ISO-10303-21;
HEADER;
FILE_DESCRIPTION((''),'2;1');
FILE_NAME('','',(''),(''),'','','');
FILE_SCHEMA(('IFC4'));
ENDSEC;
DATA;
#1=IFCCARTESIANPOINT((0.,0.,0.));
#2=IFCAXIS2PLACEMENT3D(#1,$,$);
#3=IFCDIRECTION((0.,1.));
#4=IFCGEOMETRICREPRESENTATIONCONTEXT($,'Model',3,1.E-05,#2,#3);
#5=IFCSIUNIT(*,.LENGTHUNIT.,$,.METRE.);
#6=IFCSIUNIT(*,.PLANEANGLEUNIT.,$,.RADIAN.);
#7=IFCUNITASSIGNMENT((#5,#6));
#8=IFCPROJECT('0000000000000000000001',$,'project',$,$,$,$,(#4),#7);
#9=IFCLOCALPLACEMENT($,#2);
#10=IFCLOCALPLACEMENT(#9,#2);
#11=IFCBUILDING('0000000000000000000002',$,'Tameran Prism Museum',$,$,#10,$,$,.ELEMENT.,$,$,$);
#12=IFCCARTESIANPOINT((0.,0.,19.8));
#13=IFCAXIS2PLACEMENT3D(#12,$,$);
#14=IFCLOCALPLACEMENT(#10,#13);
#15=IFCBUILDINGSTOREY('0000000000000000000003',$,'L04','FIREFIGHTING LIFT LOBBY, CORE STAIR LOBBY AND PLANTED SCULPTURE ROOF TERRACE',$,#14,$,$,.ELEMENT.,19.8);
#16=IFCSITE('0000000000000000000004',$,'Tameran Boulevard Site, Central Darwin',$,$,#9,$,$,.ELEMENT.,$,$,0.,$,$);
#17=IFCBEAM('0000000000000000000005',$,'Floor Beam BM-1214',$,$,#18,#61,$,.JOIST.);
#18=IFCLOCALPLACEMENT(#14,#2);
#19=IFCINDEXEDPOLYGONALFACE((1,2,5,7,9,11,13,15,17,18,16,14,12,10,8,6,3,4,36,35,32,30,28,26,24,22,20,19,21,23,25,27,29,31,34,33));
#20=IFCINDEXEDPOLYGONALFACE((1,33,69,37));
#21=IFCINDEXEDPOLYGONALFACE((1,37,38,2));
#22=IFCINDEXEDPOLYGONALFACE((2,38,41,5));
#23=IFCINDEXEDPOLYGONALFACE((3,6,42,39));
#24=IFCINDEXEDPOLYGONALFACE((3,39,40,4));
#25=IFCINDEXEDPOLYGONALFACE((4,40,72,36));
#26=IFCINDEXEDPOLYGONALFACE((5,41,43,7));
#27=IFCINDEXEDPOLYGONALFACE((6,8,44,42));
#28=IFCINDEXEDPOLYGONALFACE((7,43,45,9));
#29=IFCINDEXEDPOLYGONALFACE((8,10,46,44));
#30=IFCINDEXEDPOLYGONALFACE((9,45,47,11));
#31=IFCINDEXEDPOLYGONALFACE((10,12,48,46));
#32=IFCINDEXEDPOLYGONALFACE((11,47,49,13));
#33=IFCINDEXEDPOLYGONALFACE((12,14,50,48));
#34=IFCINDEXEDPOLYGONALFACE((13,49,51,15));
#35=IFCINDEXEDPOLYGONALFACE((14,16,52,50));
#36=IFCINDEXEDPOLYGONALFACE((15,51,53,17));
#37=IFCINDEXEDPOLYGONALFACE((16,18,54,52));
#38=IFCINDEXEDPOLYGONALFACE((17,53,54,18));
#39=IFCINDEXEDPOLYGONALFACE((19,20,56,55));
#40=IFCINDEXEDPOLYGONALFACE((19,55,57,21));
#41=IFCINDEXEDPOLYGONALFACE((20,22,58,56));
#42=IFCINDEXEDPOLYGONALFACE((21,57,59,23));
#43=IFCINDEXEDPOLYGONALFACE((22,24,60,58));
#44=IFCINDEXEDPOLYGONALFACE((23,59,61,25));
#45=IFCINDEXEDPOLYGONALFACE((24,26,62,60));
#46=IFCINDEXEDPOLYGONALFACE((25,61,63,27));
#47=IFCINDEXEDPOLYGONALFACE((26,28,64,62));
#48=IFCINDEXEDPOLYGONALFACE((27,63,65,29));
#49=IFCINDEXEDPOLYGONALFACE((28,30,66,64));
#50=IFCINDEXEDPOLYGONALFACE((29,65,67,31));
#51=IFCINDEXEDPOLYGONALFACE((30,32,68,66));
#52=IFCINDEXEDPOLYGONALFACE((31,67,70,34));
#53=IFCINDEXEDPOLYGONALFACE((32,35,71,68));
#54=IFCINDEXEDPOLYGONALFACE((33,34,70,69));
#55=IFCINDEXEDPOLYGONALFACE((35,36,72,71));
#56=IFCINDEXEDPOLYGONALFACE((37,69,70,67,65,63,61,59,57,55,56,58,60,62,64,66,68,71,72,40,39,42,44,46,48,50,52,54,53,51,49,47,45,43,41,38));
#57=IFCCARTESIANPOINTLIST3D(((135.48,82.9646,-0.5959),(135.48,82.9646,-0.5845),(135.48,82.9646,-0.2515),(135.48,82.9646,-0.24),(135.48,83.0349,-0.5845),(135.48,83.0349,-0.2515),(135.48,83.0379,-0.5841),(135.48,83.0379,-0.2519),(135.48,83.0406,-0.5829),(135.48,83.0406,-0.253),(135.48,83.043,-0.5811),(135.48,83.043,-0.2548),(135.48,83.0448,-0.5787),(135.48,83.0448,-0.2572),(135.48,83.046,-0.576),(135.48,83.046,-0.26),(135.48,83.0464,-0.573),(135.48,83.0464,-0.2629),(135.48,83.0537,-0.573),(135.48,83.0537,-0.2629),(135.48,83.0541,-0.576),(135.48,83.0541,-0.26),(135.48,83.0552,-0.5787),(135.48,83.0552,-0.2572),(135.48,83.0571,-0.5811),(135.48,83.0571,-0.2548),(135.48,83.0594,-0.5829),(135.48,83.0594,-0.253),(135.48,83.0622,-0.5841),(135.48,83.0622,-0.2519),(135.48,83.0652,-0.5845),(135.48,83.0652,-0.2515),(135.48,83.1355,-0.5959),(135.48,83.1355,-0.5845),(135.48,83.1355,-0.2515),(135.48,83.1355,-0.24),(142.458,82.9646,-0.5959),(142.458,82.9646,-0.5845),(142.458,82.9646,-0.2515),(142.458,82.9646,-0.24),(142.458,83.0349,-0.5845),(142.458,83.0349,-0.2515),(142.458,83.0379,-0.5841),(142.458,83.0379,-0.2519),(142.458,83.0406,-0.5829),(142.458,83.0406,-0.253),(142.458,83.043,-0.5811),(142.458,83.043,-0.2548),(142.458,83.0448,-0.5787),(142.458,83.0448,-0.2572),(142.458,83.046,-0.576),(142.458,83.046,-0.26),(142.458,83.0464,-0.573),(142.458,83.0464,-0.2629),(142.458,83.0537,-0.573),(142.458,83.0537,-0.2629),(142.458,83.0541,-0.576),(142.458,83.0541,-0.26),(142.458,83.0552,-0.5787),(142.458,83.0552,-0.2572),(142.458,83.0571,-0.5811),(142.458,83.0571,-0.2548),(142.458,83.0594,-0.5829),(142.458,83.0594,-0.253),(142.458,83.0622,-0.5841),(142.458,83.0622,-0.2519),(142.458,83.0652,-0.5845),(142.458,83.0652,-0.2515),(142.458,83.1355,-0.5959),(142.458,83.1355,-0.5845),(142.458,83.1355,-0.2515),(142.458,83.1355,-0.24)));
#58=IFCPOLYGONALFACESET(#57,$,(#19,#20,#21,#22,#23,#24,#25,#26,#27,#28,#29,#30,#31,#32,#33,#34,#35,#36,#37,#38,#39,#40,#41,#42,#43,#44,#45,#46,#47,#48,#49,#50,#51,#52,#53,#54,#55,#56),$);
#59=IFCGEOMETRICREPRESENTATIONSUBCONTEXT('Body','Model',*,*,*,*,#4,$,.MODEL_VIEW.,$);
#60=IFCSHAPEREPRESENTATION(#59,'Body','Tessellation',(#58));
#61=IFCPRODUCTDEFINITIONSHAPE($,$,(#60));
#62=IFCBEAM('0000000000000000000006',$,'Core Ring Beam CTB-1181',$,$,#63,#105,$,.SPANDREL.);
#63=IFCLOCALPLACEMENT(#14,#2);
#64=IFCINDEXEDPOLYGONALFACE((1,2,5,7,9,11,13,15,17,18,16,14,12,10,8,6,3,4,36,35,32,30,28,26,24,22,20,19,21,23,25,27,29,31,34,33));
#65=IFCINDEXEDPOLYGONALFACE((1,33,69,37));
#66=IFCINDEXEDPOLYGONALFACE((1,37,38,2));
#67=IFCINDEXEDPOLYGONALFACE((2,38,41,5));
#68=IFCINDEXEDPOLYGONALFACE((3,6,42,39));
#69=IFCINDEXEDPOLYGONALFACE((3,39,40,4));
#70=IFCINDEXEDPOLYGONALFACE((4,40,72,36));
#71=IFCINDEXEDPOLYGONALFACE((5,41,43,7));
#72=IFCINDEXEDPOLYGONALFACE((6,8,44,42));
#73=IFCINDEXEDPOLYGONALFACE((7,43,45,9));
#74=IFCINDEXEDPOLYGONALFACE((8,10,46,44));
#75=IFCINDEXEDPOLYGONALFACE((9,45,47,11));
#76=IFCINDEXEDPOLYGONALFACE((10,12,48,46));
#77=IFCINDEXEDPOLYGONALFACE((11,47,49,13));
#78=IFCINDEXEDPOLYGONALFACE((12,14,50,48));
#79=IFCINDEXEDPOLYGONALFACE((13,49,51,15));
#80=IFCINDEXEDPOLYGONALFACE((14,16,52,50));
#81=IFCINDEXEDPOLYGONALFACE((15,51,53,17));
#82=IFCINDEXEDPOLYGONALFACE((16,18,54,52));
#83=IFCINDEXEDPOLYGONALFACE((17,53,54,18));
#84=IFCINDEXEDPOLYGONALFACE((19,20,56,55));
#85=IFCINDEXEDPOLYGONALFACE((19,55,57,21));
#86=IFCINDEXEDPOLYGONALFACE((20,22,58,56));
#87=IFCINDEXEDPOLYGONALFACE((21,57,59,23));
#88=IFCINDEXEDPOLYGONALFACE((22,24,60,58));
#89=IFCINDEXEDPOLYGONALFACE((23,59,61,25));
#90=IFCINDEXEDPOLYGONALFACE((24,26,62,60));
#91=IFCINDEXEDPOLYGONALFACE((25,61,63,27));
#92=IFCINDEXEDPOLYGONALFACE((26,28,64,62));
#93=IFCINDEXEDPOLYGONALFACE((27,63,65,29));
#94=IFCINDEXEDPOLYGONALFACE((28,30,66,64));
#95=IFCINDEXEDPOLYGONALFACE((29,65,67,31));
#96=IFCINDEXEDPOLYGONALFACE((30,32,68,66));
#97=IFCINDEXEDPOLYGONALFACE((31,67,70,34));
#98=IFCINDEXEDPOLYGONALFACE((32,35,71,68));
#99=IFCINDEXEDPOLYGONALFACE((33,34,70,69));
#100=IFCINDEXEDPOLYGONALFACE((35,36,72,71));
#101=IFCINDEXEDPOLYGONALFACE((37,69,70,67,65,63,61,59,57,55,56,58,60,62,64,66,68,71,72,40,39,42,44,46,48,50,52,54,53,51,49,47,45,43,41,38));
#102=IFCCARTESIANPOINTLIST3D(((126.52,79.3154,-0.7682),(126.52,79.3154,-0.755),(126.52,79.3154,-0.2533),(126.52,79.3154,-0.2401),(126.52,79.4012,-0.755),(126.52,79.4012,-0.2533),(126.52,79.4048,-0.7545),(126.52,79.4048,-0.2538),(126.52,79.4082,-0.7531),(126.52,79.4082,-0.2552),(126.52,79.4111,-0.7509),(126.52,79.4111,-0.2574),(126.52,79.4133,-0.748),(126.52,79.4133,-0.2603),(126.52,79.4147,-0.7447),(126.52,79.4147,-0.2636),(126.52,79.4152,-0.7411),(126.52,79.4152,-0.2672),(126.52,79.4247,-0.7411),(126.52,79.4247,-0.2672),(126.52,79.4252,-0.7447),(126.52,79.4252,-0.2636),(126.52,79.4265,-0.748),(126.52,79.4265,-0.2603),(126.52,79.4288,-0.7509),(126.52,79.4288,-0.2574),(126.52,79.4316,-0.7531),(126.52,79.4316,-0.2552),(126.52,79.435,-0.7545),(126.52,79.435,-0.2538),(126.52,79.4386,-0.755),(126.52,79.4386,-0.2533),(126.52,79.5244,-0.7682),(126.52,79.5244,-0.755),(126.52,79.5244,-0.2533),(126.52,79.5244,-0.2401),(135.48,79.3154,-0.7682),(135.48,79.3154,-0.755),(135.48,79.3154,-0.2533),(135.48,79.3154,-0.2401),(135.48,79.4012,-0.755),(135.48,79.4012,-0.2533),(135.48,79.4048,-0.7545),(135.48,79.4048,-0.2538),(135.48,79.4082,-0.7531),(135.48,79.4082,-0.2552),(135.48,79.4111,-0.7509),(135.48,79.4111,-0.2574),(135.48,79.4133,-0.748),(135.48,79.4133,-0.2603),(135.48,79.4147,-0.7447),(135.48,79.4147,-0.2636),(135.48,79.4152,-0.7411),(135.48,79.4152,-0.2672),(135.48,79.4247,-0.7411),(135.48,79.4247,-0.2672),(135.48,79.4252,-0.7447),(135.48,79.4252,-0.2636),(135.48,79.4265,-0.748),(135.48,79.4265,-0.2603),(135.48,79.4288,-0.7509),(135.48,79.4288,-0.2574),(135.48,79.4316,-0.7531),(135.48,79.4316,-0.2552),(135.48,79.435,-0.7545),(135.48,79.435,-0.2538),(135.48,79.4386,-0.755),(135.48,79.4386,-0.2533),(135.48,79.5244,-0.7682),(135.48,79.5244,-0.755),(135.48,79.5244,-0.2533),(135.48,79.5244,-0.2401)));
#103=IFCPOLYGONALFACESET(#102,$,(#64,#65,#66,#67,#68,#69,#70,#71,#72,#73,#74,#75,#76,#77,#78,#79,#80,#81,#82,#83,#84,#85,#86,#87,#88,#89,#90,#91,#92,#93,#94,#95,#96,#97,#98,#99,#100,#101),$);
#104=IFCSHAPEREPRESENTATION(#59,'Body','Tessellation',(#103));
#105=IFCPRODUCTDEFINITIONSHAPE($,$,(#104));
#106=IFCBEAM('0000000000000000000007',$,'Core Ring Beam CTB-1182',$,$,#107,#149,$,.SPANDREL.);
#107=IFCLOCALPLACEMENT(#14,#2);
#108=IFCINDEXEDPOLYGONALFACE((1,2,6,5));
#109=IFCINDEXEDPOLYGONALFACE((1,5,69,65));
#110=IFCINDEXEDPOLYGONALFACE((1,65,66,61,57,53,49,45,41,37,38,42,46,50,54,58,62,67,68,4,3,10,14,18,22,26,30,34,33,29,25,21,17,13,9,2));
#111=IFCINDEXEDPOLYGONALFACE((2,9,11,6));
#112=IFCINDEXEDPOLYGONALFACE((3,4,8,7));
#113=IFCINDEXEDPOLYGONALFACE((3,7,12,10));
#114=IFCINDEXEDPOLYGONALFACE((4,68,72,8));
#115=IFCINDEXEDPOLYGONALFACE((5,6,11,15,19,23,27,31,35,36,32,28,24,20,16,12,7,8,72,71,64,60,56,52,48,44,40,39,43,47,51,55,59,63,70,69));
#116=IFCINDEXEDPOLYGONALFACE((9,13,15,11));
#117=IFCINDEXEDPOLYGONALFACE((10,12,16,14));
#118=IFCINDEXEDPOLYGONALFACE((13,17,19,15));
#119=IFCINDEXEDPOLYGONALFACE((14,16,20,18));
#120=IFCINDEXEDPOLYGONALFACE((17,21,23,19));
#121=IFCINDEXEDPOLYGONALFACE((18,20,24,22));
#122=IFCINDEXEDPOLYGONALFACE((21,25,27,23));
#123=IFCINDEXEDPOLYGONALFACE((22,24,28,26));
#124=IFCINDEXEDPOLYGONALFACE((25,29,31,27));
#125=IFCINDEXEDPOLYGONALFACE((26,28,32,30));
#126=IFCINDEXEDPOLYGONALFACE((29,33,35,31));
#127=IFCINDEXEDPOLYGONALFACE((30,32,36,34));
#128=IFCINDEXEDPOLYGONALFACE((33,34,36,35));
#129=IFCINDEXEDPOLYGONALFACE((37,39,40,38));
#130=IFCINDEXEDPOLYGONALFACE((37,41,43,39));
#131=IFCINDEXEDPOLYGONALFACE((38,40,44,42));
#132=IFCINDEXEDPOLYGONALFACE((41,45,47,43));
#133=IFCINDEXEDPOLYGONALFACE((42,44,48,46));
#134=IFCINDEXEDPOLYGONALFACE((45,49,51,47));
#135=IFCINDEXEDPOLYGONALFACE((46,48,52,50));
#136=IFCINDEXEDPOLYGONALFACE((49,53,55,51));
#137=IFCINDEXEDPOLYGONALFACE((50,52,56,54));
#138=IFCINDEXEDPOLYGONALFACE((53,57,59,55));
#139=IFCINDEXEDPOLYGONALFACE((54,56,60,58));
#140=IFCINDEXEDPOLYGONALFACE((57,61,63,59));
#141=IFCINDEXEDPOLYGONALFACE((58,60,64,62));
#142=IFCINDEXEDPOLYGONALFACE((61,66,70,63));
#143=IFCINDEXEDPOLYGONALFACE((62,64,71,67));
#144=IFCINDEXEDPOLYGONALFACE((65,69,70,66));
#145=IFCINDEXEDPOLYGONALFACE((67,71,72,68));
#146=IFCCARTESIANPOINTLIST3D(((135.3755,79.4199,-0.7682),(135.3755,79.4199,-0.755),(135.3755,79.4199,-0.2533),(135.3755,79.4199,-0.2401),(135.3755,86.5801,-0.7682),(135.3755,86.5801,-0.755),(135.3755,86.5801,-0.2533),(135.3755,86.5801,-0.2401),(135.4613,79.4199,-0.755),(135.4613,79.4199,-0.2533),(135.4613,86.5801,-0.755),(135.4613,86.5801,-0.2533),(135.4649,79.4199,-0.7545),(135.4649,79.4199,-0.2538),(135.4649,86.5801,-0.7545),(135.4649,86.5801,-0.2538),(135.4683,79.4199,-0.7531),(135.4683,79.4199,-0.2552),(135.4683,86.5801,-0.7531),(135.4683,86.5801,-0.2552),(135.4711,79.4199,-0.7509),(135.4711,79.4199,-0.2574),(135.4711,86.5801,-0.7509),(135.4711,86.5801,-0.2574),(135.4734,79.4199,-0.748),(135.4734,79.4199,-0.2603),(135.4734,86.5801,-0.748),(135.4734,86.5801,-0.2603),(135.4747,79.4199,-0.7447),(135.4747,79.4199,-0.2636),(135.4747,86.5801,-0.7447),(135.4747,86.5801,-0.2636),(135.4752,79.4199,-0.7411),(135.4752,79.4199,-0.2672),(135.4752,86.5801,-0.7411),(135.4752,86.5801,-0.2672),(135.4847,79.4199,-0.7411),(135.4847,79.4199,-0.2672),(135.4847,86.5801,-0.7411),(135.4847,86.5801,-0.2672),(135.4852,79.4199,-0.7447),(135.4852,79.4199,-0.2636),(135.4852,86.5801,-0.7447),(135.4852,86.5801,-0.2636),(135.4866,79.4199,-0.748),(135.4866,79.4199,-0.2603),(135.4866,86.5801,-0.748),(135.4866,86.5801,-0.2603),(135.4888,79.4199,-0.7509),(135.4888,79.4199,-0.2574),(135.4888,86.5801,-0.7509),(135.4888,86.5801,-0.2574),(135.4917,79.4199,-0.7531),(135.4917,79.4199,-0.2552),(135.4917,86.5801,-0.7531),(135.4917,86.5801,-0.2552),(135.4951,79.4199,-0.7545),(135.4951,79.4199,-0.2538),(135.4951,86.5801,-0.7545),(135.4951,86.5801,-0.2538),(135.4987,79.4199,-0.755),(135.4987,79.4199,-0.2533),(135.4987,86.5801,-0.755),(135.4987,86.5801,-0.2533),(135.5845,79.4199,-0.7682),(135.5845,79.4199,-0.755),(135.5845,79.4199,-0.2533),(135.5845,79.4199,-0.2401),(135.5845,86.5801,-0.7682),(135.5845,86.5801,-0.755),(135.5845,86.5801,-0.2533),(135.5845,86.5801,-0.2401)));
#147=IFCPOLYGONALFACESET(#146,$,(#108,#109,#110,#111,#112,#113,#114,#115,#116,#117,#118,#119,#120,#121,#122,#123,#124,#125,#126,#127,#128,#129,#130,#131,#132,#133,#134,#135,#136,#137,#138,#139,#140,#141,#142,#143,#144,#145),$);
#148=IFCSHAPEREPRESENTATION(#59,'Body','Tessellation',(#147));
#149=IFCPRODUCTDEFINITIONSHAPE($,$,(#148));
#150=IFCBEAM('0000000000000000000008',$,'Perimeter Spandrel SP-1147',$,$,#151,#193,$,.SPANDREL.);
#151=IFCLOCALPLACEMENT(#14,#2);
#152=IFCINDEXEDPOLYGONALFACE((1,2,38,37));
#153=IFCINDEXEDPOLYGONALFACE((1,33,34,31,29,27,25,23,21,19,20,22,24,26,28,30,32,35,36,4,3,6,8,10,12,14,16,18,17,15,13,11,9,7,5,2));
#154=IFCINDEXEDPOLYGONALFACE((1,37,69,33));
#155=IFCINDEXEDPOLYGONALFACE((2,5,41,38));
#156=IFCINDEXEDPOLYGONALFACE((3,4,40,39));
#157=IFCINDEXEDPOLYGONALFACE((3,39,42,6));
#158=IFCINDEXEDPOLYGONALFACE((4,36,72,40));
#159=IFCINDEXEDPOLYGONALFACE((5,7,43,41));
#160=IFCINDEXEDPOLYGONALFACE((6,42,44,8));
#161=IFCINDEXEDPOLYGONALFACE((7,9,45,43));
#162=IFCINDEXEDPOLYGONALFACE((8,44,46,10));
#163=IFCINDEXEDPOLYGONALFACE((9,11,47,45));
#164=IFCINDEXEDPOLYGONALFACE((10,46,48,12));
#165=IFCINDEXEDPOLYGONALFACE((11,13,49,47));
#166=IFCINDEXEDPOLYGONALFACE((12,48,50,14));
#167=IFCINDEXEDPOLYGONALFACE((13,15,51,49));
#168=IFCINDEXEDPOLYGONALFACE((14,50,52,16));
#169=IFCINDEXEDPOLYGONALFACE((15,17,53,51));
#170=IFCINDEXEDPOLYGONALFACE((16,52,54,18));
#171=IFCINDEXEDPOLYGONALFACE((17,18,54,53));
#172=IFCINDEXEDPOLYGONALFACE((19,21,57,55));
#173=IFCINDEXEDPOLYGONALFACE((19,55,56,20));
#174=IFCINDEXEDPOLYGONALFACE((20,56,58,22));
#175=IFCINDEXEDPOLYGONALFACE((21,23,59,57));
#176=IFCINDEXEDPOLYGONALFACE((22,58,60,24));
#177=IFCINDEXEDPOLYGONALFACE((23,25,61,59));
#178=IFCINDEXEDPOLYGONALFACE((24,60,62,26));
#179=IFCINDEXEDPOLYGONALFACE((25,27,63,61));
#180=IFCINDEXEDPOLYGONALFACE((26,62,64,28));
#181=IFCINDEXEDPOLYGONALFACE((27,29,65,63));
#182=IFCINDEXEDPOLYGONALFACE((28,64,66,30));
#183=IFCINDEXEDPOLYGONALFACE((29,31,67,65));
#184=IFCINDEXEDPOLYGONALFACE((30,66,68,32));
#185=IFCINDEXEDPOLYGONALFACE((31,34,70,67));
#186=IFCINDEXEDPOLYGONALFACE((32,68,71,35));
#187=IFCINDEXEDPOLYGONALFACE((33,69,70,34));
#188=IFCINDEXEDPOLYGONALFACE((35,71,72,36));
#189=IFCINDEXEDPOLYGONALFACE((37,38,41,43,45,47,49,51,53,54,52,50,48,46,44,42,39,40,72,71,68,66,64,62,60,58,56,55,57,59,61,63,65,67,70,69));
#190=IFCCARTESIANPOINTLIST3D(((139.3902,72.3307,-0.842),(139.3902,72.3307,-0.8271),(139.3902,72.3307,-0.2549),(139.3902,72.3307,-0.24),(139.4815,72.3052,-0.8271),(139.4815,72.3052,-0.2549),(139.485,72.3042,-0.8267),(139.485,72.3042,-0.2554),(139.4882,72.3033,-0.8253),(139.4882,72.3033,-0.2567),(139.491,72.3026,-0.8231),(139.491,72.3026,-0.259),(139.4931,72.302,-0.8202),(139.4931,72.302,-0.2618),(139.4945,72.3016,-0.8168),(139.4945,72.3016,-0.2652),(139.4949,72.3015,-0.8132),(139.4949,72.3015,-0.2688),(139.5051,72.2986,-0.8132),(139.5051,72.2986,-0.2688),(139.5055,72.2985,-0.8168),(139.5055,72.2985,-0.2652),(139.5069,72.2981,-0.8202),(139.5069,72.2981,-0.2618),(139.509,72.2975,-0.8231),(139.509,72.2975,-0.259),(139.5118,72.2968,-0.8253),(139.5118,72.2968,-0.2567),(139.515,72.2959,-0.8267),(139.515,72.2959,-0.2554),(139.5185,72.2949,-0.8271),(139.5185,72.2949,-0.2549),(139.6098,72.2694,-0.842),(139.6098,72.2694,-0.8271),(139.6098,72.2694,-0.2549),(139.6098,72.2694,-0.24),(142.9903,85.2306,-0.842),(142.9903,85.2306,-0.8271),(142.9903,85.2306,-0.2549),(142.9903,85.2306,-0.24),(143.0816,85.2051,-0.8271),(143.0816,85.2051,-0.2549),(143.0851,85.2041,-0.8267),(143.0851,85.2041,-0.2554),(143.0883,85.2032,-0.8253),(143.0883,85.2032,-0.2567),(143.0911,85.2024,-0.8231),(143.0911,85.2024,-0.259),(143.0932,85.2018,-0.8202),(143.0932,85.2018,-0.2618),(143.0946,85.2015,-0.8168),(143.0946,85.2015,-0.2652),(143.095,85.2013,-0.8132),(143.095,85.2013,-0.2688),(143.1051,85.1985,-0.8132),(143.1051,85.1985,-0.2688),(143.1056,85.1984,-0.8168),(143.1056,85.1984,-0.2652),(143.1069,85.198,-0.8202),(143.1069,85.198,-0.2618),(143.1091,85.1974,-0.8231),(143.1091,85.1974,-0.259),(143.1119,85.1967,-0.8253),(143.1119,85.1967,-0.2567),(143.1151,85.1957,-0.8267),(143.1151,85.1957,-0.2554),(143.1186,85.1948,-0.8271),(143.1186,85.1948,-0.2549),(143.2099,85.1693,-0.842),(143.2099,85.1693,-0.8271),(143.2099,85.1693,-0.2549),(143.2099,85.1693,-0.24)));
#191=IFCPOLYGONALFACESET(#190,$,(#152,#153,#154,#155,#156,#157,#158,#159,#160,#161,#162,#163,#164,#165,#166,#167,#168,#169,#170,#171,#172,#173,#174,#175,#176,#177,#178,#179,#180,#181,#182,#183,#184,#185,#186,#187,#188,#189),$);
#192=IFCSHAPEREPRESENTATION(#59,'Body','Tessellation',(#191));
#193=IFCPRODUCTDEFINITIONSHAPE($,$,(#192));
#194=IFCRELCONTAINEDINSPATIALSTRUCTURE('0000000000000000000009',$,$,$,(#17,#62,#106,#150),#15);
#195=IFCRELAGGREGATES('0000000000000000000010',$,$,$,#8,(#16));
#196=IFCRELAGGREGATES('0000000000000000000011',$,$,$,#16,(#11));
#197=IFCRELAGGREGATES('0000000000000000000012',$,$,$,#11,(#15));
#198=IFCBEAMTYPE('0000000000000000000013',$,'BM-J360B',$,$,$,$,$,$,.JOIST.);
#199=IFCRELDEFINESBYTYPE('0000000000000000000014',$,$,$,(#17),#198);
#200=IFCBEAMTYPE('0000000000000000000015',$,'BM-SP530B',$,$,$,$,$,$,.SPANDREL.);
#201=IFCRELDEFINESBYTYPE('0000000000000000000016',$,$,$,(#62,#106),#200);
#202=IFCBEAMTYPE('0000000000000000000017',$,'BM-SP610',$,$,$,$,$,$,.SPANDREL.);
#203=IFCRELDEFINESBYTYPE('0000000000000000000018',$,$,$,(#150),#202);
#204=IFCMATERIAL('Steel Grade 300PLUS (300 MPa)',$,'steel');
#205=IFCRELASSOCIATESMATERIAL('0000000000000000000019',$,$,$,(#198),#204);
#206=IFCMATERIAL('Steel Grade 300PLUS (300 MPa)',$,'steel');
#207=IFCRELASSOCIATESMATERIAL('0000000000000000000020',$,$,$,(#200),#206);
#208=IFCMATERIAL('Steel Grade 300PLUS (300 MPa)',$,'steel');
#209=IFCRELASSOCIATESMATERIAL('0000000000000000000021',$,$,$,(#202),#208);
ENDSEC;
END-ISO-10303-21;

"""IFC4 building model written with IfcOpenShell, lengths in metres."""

from ifc_helpers import new_model, si_unit, direction, frame, origin, origin_2d, place, context, subcontext, project, spatial, i_section, extrude, material, material_profile, profile_set, type_object, element, save


model = new_model("IFC4")

# Units and contexts
model_context = context("Model", 3, precision=1e-05, world=origin(), true_north=direction((0.0, 1.0)))
body_context = subcontext(model_context, "Body", "Model", "MODEL_VIEW")
ifc_project = project(units=[si_unit("LENGTHUNIT", "METRE"), si_unit("PLANEANGLEUNIT", "RADIAN")], contexts=[model_context])

# Site, building, storey
site_placement = place(None, origin())
site = spatial("IfcSite", under=ifc_project, at=site_placement, Name="Tameran Boulevard Site, Central Darwin", CompositionType="ELEMENT", RefElevation=0.0)
building_placement = place(site_placement, origin())
building = spatial("IfcBuilding", under=site, at=building_placement, Name="Tameran Prism Museum", CompositionType="ELEMENT")
storey_placement = place(building_placement, frame((0.0, 0.0, 19.8)))
storey = spatial("IfcBuildingStorey", under=building, at=storey_placement, Name="L04", Description="FIREFIGHTING LIFT LOBBY, CORE STAIR LOBBY AND PLANTED SCULPTURE ROOF TERRACE", CompositionType="ELEMENT", Elevation=19.8)

# Beams
ifc_material_1 = material(Name="Steel Grade 300PLUS (300 MPa)", Category="steel")
ifc_material_profile_1 = material_profile(ifc_material_1, i_section(OverallWidth=0.1709, OverallDepth=0.356, WebThickness=0.0073, FlangeThickness=0.0115, FilletRadius=0.0115, at=origin_2d()))
ifc_profile_set_1 = profile_set([ifc_material_profile_1])
beam_type_1 = type_object("IfcBeamType", Name="BM-J360B", PredefinedType="JOIST", material=ifc_profile_set_1)
beam_1_placement = place(storey_placement, frame((135.48, 83.05, -0.418), z_axis=(1.0, 0.0, 0.0), x_axis=(0.0, 1.0, 0.0)))
element("IfcBeam", 1, at=beam_1_placement, inside=storey, type_object=beam_type_1, Name="Floor Beam BM-1214", PredefinedType="JOIST", context=body_context, shape_type="SweptSolid", body=[
    extrude(i_section(OverallWidth=0.1709, OverallDepth=0.356, WebThickness=0.0073, FlangeThickness=0.0115, FilletRadius=0.0115, at=origin_2d()), origin(), (0.0, 0.0, 1.0), 6.978),
])
ifc_material_2 = material(Name="Steel Grade 300PLUS (300 MPa)", Category="steel")
ifc_material_profile_2 = material_profile(ifc_material_2, i_section(OverallWidth=0.209, OverallDepth=0.5281, WebThickness=0.0095, FlangeThickness=0.0132, FilletRadius=0.0139, at=origin_2d()))
ifc_profile_set_2 = profile_set([ifc_material_profile_2])
beam_type_2 = type_object("IfcBeamType", Name="BM-SP530B", PredefinedType="SPANDREL", material=ifc_profile_set_2)
beam_2_placement = place(storey_placement, frame((126.52, 79.4199, -0.5042), z_axis=(1.0, 0.0, 0.0), x_axis=(0.0, 1.0, 0.0)))
element("IfcBeam", 2, at=beam_2_placement, inside=storey, type_object=beam_type_2, Name="Core Ring Beam CTB-1181", PredefinedType="SPANDREL", context=body_context, shape_type="SweptSolid", body=[
    extrude(i_section(OverallWidth=0.209, OverallDepth=0.5281, WebThickness=0.0095, FlangeThickness=0.0132, FilletRadius=0.0139, at=origin_2d()), origin(), (0.0, 0.0, 1.0), 8.96),
])
beam_3_placement = place(storey_placement, frame((135.48, 79.4199, -0.5042), z_axis=(0.0, 1.0, 0.0), x_axis=(-1.0, 0.0, 0.0)))
element("IfcBeam", 3, at=beam_3_placement, inside=storey, type_object=beam_type_2, Name="Core Ring Beam CTB-1182", PredefinedType="SPANDREL", context=body_context, shape_type="SweptSolid", body=[
    extrude(i_section(OverallWidth=0.209, OverallDepth=0.5281, WebThickness=0.0095, FlangeThickness=0.0132, FilletRadius=0.0139, at=origin_2d()), origin(), (0.0, 0.0, 1.0), 7.1602),
])
ifc_material_3 = material(Name="Steel Grade 300PLUS (300 MPa)", Category="steel")
ifc_material_profile_3 = material_profile(ifc_material_3, i_section(OverallWidth=0.228, OverallDepth=0.6021, WebThickness=0.0105, FlangeThickness=0.0149, FilletRadius=0.0139, at=origin_2d()))
ifc_profile_set_3 = profile_set([ifc_material_profile_3])
beam_type_3 = type_object("IfcBeamType", Name="BM-SP610", PredefinedType="SPANDREL", material=ifc_profile_set_3)
beam_4_placement = place(storey_placement, frame((139.5, 72.3, -0.541), z_axis=(0.268808, 0.963194, 0.0), x_axis=(-0.963194, 0.268808, 0.0)))
element("IfcBeam", 4, at=beam_4_placement, inside=storey, type_object=beam_type_3, Name="Perimeter Spandrel SP-1147", PredefinedType="SPANDREL", context=body_context, shape_type="SweptSolid", body=[
    extrude(i_section(OverallWidth=0.228, OverallDepth=0.6021, WebThickness=0.0105, FlangeThickness=0.0149, FilletRadius=0.0139, at=origin_2d()), origin(), (0.0, 0.0, 1.0), 13.3928),
])

save(model, "model.ifc")
